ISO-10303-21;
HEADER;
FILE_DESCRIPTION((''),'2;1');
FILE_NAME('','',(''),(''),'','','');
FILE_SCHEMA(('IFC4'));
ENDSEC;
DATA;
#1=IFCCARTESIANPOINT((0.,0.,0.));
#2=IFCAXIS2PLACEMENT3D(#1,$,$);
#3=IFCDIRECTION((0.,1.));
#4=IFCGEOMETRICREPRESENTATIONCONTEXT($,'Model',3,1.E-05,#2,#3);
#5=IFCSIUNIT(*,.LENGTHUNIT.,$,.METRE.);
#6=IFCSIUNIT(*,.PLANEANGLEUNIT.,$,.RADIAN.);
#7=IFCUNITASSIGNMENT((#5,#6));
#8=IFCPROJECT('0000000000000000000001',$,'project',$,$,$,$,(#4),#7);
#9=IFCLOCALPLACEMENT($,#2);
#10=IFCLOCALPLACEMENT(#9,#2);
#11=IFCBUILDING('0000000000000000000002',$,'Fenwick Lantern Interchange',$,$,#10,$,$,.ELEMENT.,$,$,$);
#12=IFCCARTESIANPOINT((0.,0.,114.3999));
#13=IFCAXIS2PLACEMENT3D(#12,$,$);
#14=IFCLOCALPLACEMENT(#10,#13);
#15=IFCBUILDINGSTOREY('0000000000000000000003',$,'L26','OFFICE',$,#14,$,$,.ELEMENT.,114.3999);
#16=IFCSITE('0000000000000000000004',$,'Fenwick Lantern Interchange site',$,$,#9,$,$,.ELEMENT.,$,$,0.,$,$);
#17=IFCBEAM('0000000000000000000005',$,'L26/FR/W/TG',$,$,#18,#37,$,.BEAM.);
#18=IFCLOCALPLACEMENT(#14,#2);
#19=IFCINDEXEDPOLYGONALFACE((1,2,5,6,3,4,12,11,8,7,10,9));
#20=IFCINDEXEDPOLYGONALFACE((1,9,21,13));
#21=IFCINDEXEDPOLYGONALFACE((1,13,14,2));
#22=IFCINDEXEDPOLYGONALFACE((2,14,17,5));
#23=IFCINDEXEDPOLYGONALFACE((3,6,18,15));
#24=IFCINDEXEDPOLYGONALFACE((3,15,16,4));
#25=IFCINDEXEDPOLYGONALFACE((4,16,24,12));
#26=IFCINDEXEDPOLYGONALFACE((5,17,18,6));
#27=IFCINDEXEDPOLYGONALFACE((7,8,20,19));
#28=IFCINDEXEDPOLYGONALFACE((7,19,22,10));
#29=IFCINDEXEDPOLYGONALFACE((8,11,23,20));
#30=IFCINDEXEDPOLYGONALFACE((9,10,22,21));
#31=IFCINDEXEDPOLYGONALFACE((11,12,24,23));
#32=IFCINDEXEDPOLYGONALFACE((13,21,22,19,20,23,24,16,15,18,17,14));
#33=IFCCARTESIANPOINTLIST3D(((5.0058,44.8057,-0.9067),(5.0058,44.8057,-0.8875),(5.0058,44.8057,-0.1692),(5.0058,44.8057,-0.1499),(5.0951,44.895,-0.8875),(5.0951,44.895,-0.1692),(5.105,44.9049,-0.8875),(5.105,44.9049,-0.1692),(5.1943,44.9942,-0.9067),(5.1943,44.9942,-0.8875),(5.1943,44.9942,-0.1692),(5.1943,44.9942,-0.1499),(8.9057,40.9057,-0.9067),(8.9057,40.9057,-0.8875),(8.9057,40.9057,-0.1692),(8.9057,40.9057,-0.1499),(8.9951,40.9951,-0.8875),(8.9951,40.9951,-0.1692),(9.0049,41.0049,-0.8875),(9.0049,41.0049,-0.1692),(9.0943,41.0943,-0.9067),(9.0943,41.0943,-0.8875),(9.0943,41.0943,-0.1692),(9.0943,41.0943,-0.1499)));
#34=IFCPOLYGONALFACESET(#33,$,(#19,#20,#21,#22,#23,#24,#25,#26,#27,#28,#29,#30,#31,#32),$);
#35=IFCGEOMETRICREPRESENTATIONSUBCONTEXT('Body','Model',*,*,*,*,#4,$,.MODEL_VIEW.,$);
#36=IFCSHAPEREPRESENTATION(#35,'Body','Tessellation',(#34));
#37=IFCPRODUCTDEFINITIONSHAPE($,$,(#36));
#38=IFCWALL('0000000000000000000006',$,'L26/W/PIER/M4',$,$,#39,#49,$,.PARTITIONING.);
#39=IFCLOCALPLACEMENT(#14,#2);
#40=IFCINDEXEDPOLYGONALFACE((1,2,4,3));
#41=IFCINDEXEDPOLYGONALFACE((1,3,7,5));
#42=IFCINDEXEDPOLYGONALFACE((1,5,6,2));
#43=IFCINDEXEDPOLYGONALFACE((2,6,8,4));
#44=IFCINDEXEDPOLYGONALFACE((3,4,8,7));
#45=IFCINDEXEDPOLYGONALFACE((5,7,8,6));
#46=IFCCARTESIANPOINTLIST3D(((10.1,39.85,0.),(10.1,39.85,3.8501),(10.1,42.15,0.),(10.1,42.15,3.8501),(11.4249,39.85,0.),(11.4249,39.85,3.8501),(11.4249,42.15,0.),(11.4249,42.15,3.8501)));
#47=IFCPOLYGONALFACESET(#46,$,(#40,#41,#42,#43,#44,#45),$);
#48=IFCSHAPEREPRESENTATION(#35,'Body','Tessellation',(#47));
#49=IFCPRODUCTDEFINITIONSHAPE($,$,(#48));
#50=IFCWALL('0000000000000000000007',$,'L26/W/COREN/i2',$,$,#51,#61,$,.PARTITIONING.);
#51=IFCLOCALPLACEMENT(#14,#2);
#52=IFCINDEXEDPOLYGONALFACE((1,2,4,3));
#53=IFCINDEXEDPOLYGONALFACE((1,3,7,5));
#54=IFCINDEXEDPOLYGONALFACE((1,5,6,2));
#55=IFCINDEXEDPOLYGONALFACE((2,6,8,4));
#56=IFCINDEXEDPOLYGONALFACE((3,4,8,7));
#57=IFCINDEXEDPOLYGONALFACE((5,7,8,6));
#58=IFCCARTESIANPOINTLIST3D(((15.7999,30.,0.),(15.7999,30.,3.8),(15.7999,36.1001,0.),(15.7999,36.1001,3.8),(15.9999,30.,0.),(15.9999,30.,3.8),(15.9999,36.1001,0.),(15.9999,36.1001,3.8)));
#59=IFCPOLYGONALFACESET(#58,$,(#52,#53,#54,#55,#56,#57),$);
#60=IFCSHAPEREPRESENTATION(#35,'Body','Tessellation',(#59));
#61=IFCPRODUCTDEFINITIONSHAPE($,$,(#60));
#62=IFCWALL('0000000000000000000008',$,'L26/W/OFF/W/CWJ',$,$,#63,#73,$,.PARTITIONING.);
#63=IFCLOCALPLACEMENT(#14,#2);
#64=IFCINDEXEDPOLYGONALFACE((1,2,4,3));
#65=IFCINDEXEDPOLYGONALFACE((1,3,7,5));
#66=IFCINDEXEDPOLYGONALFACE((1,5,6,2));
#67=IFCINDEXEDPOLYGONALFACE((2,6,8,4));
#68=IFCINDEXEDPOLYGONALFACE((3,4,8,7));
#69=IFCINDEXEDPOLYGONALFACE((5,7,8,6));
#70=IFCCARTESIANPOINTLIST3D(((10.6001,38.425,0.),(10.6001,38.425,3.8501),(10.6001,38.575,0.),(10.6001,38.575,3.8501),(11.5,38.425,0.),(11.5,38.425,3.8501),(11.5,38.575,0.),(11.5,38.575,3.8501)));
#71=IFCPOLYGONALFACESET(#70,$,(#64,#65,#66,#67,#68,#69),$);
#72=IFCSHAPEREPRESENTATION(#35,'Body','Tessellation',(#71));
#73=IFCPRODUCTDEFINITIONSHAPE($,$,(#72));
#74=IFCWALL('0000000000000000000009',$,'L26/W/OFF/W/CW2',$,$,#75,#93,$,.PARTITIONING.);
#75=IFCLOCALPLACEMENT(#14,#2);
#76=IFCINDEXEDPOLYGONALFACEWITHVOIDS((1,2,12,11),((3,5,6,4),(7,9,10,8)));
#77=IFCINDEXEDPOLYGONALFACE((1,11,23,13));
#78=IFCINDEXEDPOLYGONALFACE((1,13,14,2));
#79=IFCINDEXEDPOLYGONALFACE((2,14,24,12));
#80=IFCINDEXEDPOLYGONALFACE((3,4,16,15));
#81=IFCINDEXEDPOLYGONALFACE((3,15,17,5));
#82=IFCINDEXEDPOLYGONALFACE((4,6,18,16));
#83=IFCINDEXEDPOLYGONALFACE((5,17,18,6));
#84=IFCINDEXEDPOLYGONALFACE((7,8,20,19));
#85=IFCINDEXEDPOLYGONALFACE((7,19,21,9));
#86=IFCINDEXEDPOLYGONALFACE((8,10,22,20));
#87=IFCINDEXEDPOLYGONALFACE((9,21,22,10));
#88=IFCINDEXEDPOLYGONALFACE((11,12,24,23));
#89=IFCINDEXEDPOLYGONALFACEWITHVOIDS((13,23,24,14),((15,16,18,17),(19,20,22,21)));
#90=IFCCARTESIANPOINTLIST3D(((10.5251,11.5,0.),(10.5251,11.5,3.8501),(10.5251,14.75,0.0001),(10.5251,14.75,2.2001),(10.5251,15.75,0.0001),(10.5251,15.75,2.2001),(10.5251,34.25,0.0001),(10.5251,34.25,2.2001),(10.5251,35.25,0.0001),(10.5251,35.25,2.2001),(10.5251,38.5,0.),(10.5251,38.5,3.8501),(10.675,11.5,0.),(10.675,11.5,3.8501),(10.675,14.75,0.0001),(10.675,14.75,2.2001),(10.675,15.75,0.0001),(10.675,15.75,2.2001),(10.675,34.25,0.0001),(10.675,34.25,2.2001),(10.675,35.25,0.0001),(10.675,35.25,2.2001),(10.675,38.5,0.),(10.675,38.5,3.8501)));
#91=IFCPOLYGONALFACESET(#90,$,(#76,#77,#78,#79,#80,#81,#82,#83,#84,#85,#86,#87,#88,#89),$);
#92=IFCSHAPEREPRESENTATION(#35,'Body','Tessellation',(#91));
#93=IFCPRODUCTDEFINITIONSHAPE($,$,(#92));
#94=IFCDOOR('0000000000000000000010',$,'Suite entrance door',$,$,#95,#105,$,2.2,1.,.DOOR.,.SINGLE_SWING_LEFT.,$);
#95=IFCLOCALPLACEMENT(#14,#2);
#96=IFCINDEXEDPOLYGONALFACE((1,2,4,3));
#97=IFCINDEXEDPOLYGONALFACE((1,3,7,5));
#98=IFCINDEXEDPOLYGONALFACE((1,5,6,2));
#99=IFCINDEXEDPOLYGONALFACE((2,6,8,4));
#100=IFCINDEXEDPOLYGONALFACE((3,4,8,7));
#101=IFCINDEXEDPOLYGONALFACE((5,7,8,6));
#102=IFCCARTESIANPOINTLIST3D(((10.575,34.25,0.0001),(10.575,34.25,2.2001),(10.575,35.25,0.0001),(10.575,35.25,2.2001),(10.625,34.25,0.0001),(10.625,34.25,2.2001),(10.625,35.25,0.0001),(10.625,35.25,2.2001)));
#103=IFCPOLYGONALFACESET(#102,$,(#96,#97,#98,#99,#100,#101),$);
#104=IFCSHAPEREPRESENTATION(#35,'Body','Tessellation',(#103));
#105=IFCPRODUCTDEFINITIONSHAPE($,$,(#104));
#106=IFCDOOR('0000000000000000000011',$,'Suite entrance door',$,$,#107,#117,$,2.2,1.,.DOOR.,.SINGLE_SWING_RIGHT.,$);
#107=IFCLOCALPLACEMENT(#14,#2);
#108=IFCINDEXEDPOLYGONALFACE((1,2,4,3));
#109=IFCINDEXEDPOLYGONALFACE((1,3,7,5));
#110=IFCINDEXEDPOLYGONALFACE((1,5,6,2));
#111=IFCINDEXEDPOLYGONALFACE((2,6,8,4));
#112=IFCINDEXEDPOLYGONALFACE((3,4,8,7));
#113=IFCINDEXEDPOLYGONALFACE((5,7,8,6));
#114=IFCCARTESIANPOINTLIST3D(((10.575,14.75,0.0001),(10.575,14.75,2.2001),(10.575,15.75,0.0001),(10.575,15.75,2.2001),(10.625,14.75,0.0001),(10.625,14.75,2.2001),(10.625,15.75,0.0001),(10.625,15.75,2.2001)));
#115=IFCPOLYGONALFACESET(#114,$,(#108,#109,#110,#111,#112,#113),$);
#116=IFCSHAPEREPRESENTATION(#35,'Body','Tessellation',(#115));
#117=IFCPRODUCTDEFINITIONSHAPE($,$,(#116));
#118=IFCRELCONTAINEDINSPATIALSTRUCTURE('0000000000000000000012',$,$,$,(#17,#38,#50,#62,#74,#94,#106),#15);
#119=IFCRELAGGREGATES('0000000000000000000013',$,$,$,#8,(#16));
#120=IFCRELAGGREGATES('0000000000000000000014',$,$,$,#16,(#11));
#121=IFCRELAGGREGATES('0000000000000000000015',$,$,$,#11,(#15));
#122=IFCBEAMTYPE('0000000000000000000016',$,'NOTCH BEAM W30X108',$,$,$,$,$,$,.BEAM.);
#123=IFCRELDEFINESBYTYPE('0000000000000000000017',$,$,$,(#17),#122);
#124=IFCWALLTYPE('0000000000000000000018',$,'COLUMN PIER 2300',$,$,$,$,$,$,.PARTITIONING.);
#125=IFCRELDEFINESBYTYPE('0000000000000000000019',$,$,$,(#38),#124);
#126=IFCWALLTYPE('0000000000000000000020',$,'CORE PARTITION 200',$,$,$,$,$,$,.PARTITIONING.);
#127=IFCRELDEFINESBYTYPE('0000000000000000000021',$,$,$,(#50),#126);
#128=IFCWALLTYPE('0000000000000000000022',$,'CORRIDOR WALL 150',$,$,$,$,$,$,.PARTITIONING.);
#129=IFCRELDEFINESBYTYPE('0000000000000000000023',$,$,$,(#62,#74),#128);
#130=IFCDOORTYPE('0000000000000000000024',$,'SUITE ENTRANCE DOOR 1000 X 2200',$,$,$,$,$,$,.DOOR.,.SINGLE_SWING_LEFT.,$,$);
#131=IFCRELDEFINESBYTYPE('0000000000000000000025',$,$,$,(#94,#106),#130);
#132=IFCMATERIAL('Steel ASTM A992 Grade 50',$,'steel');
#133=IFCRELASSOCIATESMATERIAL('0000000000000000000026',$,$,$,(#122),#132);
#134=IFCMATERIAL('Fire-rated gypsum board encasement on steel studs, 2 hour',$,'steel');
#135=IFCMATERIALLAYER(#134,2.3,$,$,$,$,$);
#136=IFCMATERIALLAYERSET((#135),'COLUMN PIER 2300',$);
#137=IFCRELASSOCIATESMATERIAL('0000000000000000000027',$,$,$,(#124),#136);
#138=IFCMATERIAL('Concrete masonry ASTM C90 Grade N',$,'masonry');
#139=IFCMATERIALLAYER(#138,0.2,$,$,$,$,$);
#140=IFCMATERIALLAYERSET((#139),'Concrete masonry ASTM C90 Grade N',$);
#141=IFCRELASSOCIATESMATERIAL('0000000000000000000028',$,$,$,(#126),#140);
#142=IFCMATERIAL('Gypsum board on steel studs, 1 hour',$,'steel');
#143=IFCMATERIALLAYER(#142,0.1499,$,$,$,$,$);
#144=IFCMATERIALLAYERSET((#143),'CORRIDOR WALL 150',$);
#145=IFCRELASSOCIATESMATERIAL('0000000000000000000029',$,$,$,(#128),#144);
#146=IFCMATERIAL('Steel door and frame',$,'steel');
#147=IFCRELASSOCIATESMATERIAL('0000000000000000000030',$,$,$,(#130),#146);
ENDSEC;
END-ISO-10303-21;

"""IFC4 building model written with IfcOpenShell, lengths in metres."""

from ifc_helpers import new_model, si_unit, direction, frame, frame_2d, origin, origin_2d, place, context, subcontext, project, spatial, rectangle, i_section, extrude, material, layer, layer_set, material_profile, profile_set, type_object, element, fill, save


model = new_model("IFC4")

# Units and contexts
model_context = context("Model", 3, precision=1e-05, world=origin(), true_north=direction((0.0, 1.0)))
body_context = subcontext(model_context, "Body", "Model", "MODEL_VIEW")
ifc_project = project(units=[si_unit("LENGTHUNIT", "METRE"), si_unit("PLANEANGLEUNIT", "RADIAN")], contexts=[model_context])

# Site, building, storey
site_placement = place(None, origin())
site = spatial("IfcSite", under=ifc_project, at=site_placement, Name="Fenwick Lantern Interchange site", CompositionType="ELEMENT", RefElevation=0.0)
building_placement = place(site_placement, origin())
building = spatial("IfcBuilding", under=site, at=building_placement, Name="Fenwick Lantern Interchange", CompositionType="ELEMENT")
storey_placement = place(building_placement, frame((0.0, 0.0, 114.3999)))
storey = spatial("IfcBuildingStorey", under=building, at=storey_placement, Name="L26", Description="OFFICE", CompositionType="ELEMENT", Elevation=114.3999)

# Beam
ifc_material_1 = material(Name="Steel ASTM A992 Grade 50", Category="steel")
ifc_material_profile_1 = material_profile(ifc_material_1, i_section(OverallWidth=0.2666, OverallDepth=0.7568, WebThickness=0.0139, FlangeThickness=0.0193, at=origin_2d()), Name="W30X108")
ifc_profile_set_1 = profile_set([ifc_material_profile_1], Name="Steel ASTM A992 Grade 50")
beam_type_1 = type_object("IfcBeamType", Name="NOTCH BEAM W30X108", PredefinedType="BEAM", material=ifc_profile_set_1)
beam_1_placement = place(storey_placement, frame((9.0, 41.0, -0.5283), z_axis=(-0.707107, 0.707107, 0.0), x_axis=(-0.707107, -0.707107, 0.0)))
element("IfcBeam", 1, at=beam_1_placement, inside=storey, type_object=beam_type_1, Name="L26/FR/W/TG", PredefinedType="BEAM", context=body_context, shape_type="SweptSolid", body=[
    extrude(i_section(OverallWidth=0.2666, OverallDepth=0.7568, WebThickness=0.0139, FlangeThickness=0.0193, at=origin_2d()), origin(), (0.0, 0.0, 1.0), 5.5154),
])

# Walls
ifc_material_2 = material(Name="Fire-rated gypsum board encasement on steel studs, 2 hour", Category="steel")
ifc_layer_1 = layer(ifc_material_2, 2.3)
ifc_layer_set_1 = layer_set([ifc_layer_1], Name="COLUMN PIER 2300")
wall_type_1 = type_object("IfcWallType", Name="COLUMN PIER 2300", PredefinedType="PARTITIONING", material=ifc_layer_set_1)
wall_1_placement = place(storey_placement, frame((11.425, 41.0, 0.0), z_axis=(0.0, 0.0, 1.0), x_axis=(-1.0, 0.0, 0.0)))
element("IfcWall", 2, at=wall_1_placement, inside=storey, type_object=wall_type_1, Name="L26/W/PIER/M4", PredefinedType="PARTITIONING", context=body_context, shape_type="SweptSolid", body=[
    extrude(rectangle(XDim=1.325, YDim=2.3, at=frame_2d((0.6626, 0.0))), origin(), (0.0, 0.0, 1.0), 3.8501),
])
ifc_material_3 = material(Name="Concrete masonry ASTM C90 Grade N", Category="masonry")
ifc_layer_2 = layer(ifc_material_3, 0.2)
ifc_layer_set_2 = layer_set([ifc_layer_2], Name="Concrete masonry ASTM C90 Grade N")
wall_type_2 = type_object("IfcWallType", Name="CORE PARTITION 200", PredefinedType="PARTITIONING", material=ifc_layer_set_2)
wall_2_placement = place(storey_placement, frame((15.8999, 36.1001, 0.0), z_axis=(0.0, 0.0, 1.0), x_axis=(0.0, -1.0, 0.0)))
element("IfcWall", 3, at=wall_2_placement, inside=storey, type_object=wall_type_2, Name="L26/W/COREN/i2", PredefinedType="PARTITIONING", context=body_context, shape_type="SweptSolid", body=[
    extrude(rectangle(XDim=6.1001, YDim=0.2, at=frame_2d((3.05, 0.0))), origin(), (0.0, 0.0, 1.0), 3.8),
])

# Shared definitions
ifc_material_4 = material(Name="Steel door and frame", Category="steel")

# Wall
ifc_material_5 = material(Name="Gypsum board on steel studs, 1 hour", Category="steel")
ifc_layer_3 = layer(ifc_material_5, 0.1499)
ifc_layer_set_3 = layer_set([ifc_layer_3], Name="CORRIDOR WALL 150")
wall_type_3 = type_object("IfcWallType", Name="CORRIDOR WALL 150", PredefinedType="PARTITIONING", material=ifc_layer_set_3)
wall_3_placement = place(storey_placement, frame((11.5, 38.5, 0.0), z_axis=(0.0, 0.0, 1.0), x_axis=(-1.0, 0.0, 0.0)))
element("IfcWall", 4, at=wall_3_placement, inside=storey, type_object=wall_type_3, Name="L26/W/OFF/W/CWJ", PredefinedType="PARTITIONING", context=body_context, shape_type="SweptSolid", body=[
    extrude(rectangle(XDim=0.8999, YDim=0.1499, at=frame_2d((0.45, 0.0))), origin(), (0.0, 0.0, 1.0), 3.8501),
])

# Wall, openings, doors
wall_4_placement = place(storey_placement, frame((10.6001, 38.5, 0.0), z_axis=(0.0, 0.0, 1.0), x_axis=(0.0, -1.0, 0.0)))
wall_4 = element("IfcWall", 5, at=wall_4_placement, inside=storey, type_object=wall_type_3, Name="L26/W/OFF/W/CW2", PredefinedType="PARTITIONING", context=body_context, shape_type="SweptSolid", body=[
    extrude(rectangle(XDim=27.0, YDim=0.1499, at=frame_2d((13.5, 0.0))), origin(), (0.0, 0.0, 1.0), 3.8501),
])
opening_1_placement = place(wall_4_placement, frame((3.25, 0.0, 0.0)))
opening_1 = element("IfcOpeningElement", 6, at=opening_1_placement, cuts=wall_4, PredefinedType="OPENING", context=body_context, shape_type="SweptSolid", body=[
    extrude(rectangle(XDim=1.0, YDim=2.2, at=frame_2d((0.5, 1.1001))), frame((0.0, 0.085, 0.0), z_axis=(0.0, -1.0, 0.0), x_axis=(1.0, 0.0, 0.0)), (0.0, 0.0, 1.0), 0.1699),
])
opening_2_placement = place(wall_4_placement, frame((22.75, 0.0, 0.0)))
opening_2 = element("IfcOpeningElement", 7, at=opening_2_placement, cuts=wall_4, PredefinedType="OPENING", context=body_context, shape_type="SweptSolid", body=[
    extrude(rectangle(XDim=1.0, YDim=2.2, at=frame_2d((0.5, 1.1001))), frame((0.0, 0.085, 0.0), z_axis=(0.0, -1.0, 0.0), x_axis=(1.0, 0.0, 0.0)), (0.0, 0.0, 1.0), 0.1699),
])
door_type_1 = type_object("IfcDoorType", Name="SUITE ENTRANCE DOOR 1000 X 2200", OperationType="SINGLE_SWING_LEFT", PredefinedType="DOOR", material=ifc_material_4)
door_1_placement = place(opening_1_placement, origin())
door_1 = element("IfcDoor", 8, at=door_1_placement, inside=storey, type_object=door_type_1, Name="Suite entrance door", OperationType="SINGLE_SWING_LEFT", OverallHeight=2.2, OverallWidth=1.0, PredefinedType="DOOR", context=body_context, shape_type="SweptSolid", body=[
    extrude(rectangle(XDim=1.0, YDim=2.2, at=frame_2d((0.5, 1.1001))), frame((0.0, 0.0249, 0.0), z_axis=(0.0, -1.0, 0.0), x_axis=(1.0, 0.0, 0.0)), (0.0, 0.0, 1.0), 0.05),
])
fill(opening_1, door_1)
door_2_placement = place(opening_2_placement, origin())
door_2 = element("IfcDoor", 9, at=door_2_placement, inside=storey, type_object=door_type_1, Name="Suite entrance door", OperationType="SINGLE_SWING_RIGHT", OverallHeight=2.2, OverallWidth=1.0, PredefinedType="DOOR", context=body_context, shape_type="SweptSolid", body=[
    extrude(rectangle(XDim=1.0, YDim=2.2, at=frame_2d((0.5, 1.1001))), frame((0.0, 0.0249, 0.0), z_axis=(0.0, -1.0, 0.0), x_axis=(1.0, 0.0, 0.0)), (0.0, 0.0, 1.0), 0.05),
])
fill(opening_2, door_2)

save(model, "model.ifc")
